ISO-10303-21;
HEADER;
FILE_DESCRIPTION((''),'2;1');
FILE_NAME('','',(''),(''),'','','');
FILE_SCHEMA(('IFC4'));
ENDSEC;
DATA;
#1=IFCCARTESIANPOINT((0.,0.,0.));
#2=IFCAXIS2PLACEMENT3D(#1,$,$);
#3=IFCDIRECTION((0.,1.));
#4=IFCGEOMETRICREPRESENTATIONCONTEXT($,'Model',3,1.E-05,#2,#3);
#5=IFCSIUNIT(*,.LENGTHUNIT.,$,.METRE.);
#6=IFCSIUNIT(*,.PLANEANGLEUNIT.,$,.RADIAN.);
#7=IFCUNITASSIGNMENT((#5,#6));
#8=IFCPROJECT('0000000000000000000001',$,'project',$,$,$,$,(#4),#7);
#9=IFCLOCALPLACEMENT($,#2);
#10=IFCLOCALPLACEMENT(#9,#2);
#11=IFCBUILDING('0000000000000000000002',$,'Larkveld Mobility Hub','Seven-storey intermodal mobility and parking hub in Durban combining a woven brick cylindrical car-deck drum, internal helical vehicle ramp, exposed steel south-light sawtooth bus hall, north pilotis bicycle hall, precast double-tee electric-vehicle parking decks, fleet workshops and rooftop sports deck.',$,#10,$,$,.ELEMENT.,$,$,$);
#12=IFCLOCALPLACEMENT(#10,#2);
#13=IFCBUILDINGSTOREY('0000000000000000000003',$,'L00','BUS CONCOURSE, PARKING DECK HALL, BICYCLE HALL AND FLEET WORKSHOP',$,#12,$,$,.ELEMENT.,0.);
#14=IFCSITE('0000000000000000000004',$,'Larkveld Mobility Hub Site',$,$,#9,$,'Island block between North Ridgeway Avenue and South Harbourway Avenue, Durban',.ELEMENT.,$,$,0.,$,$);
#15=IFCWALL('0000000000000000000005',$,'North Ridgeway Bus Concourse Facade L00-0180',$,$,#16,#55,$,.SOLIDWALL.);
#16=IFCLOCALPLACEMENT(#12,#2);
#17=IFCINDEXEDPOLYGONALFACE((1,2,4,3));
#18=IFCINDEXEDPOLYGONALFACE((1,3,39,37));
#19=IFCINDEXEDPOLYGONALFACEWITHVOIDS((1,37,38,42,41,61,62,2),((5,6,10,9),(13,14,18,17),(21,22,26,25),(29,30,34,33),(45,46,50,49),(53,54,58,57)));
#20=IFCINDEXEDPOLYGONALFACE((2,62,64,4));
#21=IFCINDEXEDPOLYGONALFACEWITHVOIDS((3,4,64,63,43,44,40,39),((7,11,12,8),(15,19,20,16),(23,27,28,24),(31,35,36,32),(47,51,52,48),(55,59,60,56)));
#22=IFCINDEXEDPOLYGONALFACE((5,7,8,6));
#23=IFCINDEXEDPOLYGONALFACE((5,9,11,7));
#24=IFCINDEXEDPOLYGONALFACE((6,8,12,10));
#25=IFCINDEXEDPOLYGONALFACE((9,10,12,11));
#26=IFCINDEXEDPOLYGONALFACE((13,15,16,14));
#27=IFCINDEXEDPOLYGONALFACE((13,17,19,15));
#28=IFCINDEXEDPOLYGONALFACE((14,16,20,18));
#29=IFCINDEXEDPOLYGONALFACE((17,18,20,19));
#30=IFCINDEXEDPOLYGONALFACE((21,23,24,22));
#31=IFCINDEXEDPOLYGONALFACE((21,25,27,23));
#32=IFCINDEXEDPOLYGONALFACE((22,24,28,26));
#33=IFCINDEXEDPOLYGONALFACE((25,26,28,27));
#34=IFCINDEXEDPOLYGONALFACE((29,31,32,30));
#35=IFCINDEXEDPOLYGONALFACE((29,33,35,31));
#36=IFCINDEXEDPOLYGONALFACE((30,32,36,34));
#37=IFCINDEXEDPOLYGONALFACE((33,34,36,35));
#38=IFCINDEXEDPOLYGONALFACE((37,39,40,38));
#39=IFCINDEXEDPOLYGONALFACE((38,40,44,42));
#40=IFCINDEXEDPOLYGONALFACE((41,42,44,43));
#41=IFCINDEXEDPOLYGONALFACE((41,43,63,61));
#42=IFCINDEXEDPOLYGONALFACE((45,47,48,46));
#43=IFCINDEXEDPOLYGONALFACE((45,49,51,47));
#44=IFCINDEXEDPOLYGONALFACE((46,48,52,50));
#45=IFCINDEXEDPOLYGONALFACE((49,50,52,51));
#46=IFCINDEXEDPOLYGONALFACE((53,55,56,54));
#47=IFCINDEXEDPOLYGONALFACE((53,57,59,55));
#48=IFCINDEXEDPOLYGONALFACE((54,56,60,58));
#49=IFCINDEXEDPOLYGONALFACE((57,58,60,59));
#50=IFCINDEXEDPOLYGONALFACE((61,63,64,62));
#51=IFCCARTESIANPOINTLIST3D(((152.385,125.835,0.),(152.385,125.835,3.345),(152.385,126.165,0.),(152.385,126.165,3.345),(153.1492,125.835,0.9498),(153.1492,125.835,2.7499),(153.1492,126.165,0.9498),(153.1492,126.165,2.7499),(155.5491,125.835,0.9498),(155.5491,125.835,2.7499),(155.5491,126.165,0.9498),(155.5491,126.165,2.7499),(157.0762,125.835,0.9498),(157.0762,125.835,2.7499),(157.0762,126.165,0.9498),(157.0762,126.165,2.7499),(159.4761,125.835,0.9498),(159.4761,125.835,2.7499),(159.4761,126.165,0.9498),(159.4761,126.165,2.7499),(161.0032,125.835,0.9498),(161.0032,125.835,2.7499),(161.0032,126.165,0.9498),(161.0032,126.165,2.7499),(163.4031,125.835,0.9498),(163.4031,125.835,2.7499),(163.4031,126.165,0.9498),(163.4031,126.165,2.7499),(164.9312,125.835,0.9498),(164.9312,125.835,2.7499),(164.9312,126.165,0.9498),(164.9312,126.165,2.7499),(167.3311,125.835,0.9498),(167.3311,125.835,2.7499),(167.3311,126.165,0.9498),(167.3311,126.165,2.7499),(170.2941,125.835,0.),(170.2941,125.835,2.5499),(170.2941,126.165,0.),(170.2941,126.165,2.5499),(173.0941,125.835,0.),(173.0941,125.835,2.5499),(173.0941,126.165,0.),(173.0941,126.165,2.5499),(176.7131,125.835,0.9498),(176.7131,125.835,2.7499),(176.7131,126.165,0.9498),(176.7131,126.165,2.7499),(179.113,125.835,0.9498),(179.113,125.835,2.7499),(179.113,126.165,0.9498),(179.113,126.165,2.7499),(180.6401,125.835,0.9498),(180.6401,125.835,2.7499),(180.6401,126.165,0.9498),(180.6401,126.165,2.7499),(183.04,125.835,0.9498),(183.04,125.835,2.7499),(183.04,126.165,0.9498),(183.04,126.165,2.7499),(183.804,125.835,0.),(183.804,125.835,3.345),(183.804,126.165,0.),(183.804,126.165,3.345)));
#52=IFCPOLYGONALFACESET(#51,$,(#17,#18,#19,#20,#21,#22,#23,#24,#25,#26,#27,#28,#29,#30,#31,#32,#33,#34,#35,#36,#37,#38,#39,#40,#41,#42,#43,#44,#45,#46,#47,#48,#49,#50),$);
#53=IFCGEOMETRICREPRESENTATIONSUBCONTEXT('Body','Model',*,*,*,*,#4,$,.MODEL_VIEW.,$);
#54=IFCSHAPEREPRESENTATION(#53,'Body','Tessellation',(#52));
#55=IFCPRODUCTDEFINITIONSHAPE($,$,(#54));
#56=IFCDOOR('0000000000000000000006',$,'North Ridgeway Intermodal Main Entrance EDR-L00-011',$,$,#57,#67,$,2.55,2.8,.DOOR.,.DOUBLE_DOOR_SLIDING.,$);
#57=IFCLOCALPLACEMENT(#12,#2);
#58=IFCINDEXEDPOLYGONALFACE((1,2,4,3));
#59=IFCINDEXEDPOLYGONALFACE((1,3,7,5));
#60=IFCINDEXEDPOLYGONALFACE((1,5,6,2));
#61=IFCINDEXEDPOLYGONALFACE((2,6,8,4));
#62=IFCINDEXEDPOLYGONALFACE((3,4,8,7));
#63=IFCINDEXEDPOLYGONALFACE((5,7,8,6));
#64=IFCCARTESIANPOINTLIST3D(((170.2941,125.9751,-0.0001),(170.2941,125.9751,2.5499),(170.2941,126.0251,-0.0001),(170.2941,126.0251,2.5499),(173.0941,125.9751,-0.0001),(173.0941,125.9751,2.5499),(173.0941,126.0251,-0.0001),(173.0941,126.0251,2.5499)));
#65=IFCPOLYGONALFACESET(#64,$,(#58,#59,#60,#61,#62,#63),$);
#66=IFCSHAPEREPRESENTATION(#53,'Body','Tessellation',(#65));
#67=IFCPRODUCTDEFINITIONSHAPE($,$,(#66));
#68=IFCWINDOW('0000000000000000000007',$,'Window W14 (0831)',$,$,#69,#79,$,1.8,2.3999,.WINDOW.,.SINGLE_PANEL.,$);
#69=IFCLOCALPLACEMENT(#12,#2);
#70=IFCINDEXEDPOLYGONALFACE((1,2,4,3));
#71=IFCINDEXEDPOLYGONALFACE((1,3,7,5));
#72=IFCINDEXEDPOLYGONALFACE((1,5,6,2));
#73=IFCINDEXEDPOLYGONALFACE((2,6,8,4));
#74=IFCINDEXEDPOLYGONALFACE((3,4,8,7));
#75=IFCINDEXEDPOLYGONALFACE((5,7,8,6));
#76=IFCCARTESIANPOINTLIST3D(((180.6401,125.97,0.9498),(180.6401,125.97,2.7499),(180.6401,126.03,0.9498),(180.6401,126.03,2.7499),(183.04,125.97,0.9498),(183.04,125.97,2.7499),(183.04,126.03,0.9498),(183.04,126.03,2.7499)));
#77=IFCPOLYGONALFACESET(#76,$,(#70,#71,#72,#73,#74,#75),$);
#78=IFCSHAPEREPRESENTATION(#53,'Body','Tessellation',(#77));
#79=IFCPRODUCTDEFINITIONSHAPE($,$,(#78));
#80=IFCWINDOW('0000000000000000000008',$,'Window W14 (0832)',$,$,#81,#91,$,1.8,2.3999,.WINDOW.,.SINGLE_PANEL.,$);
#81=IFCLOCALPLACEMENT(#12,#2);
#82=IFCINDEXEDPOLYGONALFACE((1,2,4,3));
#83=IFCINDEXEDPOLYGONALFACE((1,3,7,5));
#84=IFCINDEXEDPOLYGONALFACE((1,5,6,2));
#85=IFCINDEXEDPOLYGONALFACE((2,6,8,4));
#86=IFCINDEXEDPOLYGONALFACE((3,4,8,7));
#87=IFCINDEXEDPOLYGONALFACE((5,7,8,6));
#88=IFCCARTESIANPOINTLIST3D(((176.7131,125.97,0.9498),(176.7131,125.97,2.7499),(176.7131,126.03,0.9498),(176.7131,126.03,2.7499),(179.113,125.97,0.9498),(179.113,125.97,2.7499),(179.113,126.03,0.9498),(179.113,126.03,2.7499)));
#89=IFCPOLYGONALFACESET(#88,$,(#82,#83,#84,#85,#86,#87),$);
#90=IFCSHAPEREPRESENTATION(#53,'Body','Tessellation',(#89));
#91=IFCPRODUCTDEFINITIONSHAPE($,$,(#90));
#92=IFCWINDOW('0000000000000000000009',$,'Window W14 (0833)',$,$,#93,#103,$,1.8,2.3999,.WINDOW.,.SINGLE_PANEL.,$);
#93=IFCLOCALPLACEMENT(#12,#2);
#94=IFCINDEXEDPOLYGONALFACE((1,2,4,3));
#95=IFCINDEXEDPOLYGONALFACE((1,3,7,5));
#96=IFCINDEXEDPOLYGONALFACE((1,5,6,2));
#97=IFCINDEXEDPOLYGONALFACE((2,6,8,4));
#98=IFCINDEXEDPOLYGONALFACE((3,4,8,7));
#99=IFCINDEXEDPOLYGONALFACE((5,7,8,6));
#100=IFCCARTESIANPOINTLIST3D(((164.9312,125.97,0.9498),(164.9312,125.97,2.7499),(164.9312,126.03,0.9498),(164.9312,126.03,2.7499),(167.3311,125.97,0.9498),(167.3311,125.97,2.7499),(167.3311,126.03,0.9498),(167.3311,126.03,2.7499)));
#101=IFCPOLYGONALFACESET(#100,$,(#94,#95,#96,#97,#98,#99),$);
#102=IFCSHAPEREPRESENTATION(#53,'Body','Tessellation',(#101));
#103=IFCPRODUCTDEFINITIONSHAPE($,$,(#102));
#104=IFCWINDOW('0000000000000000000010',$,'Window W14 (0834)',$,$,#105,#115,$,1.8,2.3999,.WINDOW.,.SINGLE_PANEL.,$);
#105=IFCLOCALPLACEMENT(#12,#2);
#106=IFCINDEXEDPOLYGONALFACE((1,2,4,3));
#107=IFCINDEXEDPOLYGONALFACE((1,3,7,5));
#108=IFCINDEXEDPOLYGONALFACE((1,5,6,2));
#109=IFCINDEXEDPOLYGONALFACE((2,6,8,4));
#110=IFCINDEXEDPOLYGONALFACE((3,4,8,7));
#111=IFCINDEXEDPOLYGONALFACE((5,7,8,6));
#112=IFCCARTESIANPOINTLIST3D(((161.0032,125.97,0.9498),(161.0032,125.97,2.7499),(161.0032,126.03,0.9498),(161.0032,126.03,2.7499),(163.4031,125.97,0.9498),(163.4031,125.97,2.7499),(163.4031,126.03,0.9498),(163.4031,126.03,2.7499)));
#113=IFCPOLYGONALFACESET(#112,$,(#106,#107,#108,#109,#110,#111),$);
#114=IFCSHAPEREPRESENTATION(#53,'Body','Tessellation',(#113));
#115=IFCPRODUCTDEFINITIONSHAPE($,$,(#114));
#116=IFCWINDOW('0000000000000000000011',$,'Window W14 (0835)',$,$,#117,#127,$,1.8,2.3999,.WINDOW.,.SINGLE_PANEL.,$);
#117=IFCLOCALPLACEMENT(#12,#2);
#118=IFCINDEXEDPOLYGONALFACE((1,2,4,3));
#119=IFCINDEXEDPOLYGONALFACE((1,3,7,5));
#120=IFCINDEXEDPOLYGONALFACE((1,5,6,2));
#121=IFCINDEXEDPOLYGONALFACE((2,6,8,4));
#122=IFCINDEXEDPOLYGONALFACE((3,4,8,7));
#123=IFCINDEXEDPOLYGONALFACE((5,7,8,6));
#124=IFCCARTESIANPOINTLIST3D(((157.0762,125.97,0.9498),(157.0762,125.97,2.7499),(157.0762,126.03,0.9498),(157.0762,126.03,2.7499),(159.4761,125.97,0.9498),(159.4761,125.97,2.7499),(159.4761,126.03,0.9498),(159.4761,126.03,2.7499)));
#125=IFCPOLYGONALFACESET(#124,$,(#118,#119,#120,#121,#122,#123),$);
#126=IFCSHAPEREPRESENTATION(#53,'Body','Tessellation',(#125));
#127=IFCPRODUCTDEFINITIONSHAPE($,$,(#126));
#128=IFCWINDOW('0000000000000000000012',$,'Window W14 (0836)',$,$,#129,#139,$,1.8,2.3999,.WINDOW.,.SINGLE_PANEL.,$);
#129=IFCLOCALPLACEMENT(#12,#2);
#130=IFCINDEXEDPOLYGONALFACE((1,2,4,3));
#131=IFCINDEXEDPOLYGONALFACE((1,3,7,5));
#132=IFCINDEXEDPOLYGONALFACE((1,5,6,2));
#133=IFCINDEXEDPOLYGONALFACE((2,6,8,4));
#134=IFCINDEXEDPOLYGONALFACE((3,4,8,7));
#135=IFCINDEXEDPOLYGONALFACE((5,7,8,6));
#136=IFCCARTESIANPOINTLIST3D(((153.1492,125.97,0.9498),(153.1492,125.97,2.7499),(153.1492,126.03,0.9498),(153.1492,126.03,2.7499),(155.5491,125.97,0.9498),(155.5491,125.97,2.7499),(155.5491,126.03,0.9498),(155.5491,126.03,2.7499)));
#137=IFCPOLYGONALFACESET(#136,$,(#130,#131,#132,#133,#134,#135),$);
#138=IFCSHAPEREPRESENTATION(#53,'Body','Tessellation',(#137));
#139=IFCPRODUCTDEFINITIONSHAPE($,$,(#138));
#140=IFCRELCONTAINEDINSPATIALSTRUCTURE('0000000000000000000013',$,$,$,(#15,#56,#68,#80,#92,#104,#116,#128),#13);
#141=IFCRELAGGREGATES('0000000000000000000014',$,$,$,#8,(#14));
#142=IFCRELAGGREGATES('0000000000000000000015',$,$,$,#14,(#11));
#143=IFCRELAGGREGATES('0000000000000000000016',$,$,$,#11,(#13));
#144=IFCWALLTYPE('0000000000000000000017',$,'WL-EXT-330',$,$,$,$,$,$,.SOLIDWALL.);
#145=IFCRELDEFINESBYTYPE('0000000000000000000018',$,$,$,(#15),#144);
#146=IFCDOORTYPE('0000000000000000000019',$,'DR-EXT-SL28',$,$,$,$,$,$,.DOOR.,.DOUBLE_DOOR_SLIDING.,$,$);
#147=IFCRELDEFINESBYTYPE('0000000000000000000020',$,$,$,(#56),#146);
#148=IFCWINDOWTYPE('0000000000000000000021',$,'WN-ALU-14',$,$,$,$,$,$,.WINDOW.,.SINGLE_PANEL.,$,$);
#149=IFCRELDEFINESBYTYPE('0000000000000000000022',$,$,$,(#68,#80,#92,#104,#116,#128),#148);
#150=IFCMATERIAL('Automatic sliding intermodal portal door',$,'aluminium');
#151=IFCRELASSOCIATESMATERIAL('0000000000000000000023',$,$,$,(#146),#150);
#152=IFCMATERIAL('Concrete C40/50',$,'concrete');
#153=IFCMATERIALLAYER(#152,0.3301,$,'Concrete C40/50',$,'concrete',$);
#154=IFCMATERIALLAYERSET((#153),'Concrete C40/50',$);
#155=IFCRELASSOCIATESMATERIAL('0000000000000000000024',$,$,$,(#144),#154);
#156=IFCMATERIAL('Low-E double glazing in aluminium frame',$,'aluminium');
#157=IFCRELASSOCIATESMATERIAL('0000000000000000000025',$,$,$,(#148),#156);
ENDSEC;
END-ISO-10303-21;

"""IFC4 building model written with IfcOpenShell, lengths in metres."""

from ifc_helpers import new_model, si_unit, direction, frame, frame_2d, origin, place, context, subcontext, project, spatial, rectangle, extrude, material, layer, layer_set, type_object, element, fill, save


model = new_model("IFC4")

# Units and contexts
model_context = context("Model", 3, precision=1e-05, world=origin(), true_north=direction((0.0, 1.0)))
body_context = subcontext(model_context, "Body", "Model", "MODEL_VIEW")
ifc_project = project(units=[si_unit("LENGTHUNIT", "METRE"), si_unit("PLANEANGLEUNIT", "RADIAN")], contexts=[model_context])

# Site, building, storey
site_placement = place(None, origin())
site = spatial("IfcSite", under=ifc_project, at=site_placement, Name="Larkveld Mobility Hub Site", LongName="Island block between North Ridgeway Avenue and South Harbourway Avenue, Durban", CompositionType="ELEMENT", RefElevation=0.0)
building_placement = place(site_placement, origin())
building = spatial("IfcBuilding", under=site, at=building_placement, Name="Larkveld Mobility Hub", Description="Seven-storey intermodal mobility and parking hub in Durban combining a woven brick cylindrical car-deck drum, internal helical vehicle ramp, exposed steel south-light sawtooth bus hall, north pilotis bicycle hall, precast double-tee electric-vehicle parking decks, fleet workshops and rooftop sports deck.", CompositionType="ELEMENT")
storey_placement = place(building_placement, origin())
storey = spatial("IfcBuildingStorey", under=building, at=storey_placement, Name="L00", Description="BUS CONCOURSE, PARKING DECK HALL, BICYCLE HALL AND FLEET WORKSHOP", CompositionType="ELEMENT", Elevation=0.0)

# Shared definitions
ifc_material_1 = material(Name="Automatic sliding intermodal portal door", Category="aluminium")
door_type = type_object("IfcDoorType", Name="DR-EXT-SL28", OperationType="DOUBLE_DOOR_SLIDING", PredefinedType="DOOR", material=ifc_material_1)
ifc_material_2 = material(Name="Low-E double glazing in aluminium frame", Category="aluminium")

# Wall, openings, door, windows
ifc_material_3 = material(Name="Concrete C40/50", Category="concrete")
ifc_layer_1 = layer(ifc_material_3, 0.3301, Name="Concrete C40/50", Category="concrete")
ifc_layer_set_1 = layer_set([ifc_layer_1], Name="Concrete C40/50")
wall_type_1 = type_object("IfcWallType", Name="WL-EXT-330", PredefinedType="SOLIDWALL", material=ifc_layer_set_1)
wall_1_placement = place(storey_placement, frame((183.804, 126.0, 0.0), z_axis=(0.0, 0.0, 1.0), x_axis=(-1.0, 0.0, 0.0)))
wall_1 = element("IfcWall", 1, at=wall_1_placement, inside=storey, type_object=wall_type_1, Name="North Ridgeway Bus Concourse Facade L00-0180", PredefinedType="SOLIDWALL", context=body_context, shape_type="SweptSolid", body=[
    extrude(rectangle(XDim=31.4189, YDim=0.3301, at=frame_2d((15.7095, 0.0))), origin(), (0.0, 0.0, 1.0), 3.345),
])
opening_1_placement = place(wall_1_placement, frame((10.71, 0.0, 0.0)))
opening_1 = element("IfcOpeningElement", 2, at=opening_1_placement, cuts=wall_1, PredefinedType="OPENING", context=body_context, shape_type="SweptSolid", body=[
    extrude(rectangle(XDim=2.8, YDim=2.55, at=frame_2d((1.3999, 1.2749))), frame((0.0, 0.175, 0.0), z_axis=(0.0, -1.0, 0.0), x_axis=(1.0, 0.0, 0.0)), (0.0, 0.0, 1.0), 0.3501),
])
opening_2_placement = place(wall_1_placement, frame((0.7639, 0.0, 0.95)))
opening_2 = element("IfcOpeningElement", 3, at=opening_2_placement, cuts=wall_1, PredefinedType="OPENING", context=body_context, shape_type="SweptSolid", body=[
    extrude(rectangle(XDim=2.3999, YDim=1.8, at=frame_2d((1.2, 0.8999))), frame((0.0, 0.175, 0.0), z_axis=(0.0, -1.0, 0.0), x_axis=(1.0, 0.0, 0.0)), (0.0, 0.0, 1.0), 0.3501),
])
opening_3_placement = place(wall_1_placement, frame((4.6909, 0.0, 0.95)))
opening_3 = element("IfcOpeningElement", 4, at=opening_3_placement, cuts=wall_1, PredefinedType="OPENING", context=body_context, shape_type="SweptSolid", body=[
    extrude(rectangle(XDim=2.3999, YDim=1.8, at=frame_2d((1.2, 0.8999))), frame((0.0, 0.175, 0.0), z_axis=(0.0, -1.0, 0.0), x_axis=(1.0, 0.0, 0.0)), (0.0, 0.0, 1.0), 0.3501),
])
opening_4_placement = place(wall_1_placement, frame((16.4729, 0.0, 0.95)))
opening_4 = element("IfcOpeningElement", 5, at=opening_4_placement, cuts=wall_1, PredefinedType="OPENING", context=body_context, shape_type="SweptSolid", body=[
    extrude(rectangle(XDim=2.3999, YDim=1.8, at=frame_2d((1.2, 0.8999))), frame((0.0, 0.175, 0.0), z_axis=(0.0, -1.0, 0.0), x_axis=(1.0, 0.0, 0.0)), (0.0, 0.0, 1.0), 0.3501),
])
opening_5_placement = place(wall_1_placement, frame((20.4009, 0.0, 0.95)))
opening_5 = element("IfcOpeningElement", 6, at=opening_5_placement, cuts=wall_1, PredefinedType="OPENING", context=body_context, shape_type="SweptSolid", body=[
    extrude(rectangle(XDim=2.3999, YDim=1.8, at=frame_2d((1.2, 0.8999))), frame((0.0, 0.175, 0.0), z_axis=(0.0, -1.0, 0.0), x_axis=(1.0, 0.0, 0.0)), (0.0, 0.0, 1.0), 0.3501),
])
opening_6_placement = place(wall_1_placement, frame((24.3279, 0.0, 0.95)))
opening_6 = element("IfcOpeningElement", 7, at=opening_6_placement, cuts=wall_1, PredefinedType="OPENING", context=body_context, shape_type="SweptSolid", body=[
    extrude(rectangle(XDim=2.3999, YDim=1.8, at=frame_2d((1.2, 0.8999))), frame((0.0, 0.175, 0.0), z_axis=(0.0, -1.0, 0.0), x_axis=(1.0, 0.0, 0.0)), (0.0, 0.0, 1.0), 0.3501),
])
opening_7_placement = place(wall_1_placement, frame((28.2549, 0.0, 0.95)))
opening_7 = element("IfcOpeningElement", 8, at=opening_7_placement, cuts=wall_1, PredefinedType="OPENING", context=body_context, shape_type="SweptSolid", body=[
    extrude(rectangle(XDim=2.3999, YDim=1.8, at=frame_2d((1.2, 0.8999))), frame((0.0, 0.175, 0.0), z_axis=(0.0, -1.0, 0.0), x_axis=(1.0, 0.0, 0.0)), (0.0, 0.0, 1.0), 0.3501),
])
door_1_placement = place(opening_1_placement, origin())
door_1 = element("IfcDoor", 9, at=door_1_placement, inside=storey, type_object=door_type, Name="North Ridgeway Intermodal Main Entrance EDR-L00-011", OperationType="DOUBLE_DOOR_SLIDING", OverallHeight=2.55, OverallWidth=2.8, PredefinedType="DOOR", context=body_context, shape_type="SweptSolid", body=[
    extrude(rectangle(XDim=2.8, YDim=2.55, at=frame_2d((1.3999, 1.2749))), frame((0.0, 0.0249, 0.0), z_axis=(0.0, -1.0, 0.0), x_axis=(1.0, 0.0, 0.0)), (0.0, 0.0, 1.0), 0.05),
])
fill(opening_1, door_1)
window_type_1 = type_object("IfcWindowType", Name="WN-ALU-14", PartitioningType="SINGLE_PANEL", PredefinedType="WINDOW", material=ifc_material_2)
window_1_placement = place(opening_2_placement, origin())
window_1 = element("IfcWindow", 10, at=window_1_placement, inside=storey, type_object=window_type_1, Name="Window W14 (0831)", OverallHeight=1.8, OverallWidth=2.3999, PartitioningType="SINGLE_PANEL", PredefinedType="WINDOW", context=body_context, shape_type="SweptSolid", body=[
    extrude(rectangle(XDim=2.3999, YDim=1.8, at=frame_2d((1.2, 0.8999))), frame((0.0, 0.03, 0.0), z_axis=(0.0, -1.0, 0.0), x_axis=(1.0, 0.0, 0.0)), (0.0, 0.0, 1.0), 0.0601),
])
fill(opening_2, window_1)
window_2_placement = place(opening_3_placement, origin())
window_2 = element("IfcWindow", 11, at=window_2_placement, inside=storey, type_object=window_type_1, Name="Window W14 (0832)", OverallHeight=1.8, OverallWidth=2.3999, PartitioningType="SINGLE_PANEL", PredefinedType="WINDOW", context=body_context, shape_type="SweptSolid", body=[
    extrude(rectangle(XDim=2.3999, YDim=1.8, at=frame_2d((1.2, 0.8999))), frame((0.0, 0.03, 0.0), z_axis=(0.0, -1.0, 0.0), x_axis=(1.0, 0.0, 0.0)), (0.0, 0.0, 1.0), 0.0601),
])
fill(opening_3, window_2)
window_3_placement = place(opening_4_placement, origin())
window_3 = element("IfcWindow", 12, at=window_3_placement, inside=storey, type_object=window_type_1, Name="Window W14 (0833)", OverallHeight=1.8, OverallWidth=2.3999, PartitioningType="SINGLE_PANEL", PredefinedType="WINDOW", context=body_context, shape_type="SweptSolid", body=[
    extrude(rectangle(XDim=2.3999, YDim=1.8, at=frame_2d((1.2, 0.8999))), frame((0.0, 0.03, 0.0), z_axis=(0.0, -1.0, 0.0), x_axis=(1.0, 0.0, 0.0)), (0.0, 0.0, 1.0), 0.0601),
])
fill(opening_4, window_3)
window_4_placement = place(opening_5_placement, origin())
window_4 = element("IfcWindow", 13, at=window_4_placement, inside=storey, type_object=window_type_1, Name="Window W14 (0834)", OverallHeight=1.8, OverallWidth=2.3999, PartitioningType="SINGLE_PANEL", PredefinedType="WINDOW", context=body_context, shape_type="SweptSolid", body=[
    extrude(rectangle(XDim=2.3999, YDim=1.8, at=frame_2d((1.2, 0.8999))), frame((0.0, 0.03, 0.0), z_axis=(0.0, -1.0, 0.0), x_axis=(1.0, 0.0, 0.0)), (0.0, 0.0, 1.0), 0.0601),
])
fill(opening_5, window_4)
window_5_placement = place(opening_6_placement, origin())
window_5 = element("IfcWindow", 14, at=window_5_placement, inside=storey, type_object=window_type_1, Name="Window W14 (0835)", OverallHeight=1.8, OverallWidth=2.3999, PartitioningType="SINGLE_PANEL", PredefinedType="WINDOW", context=body_context, shape_type="SweptSolid", body=[
    extrude(rectangle(XDim=2.3999, YDim=1.8, at=frame_2d((1.2, 0.8999))), frame((0.0, 0.03, 0.0), z_axis=(0.0, -1.0, 0.0), x_axis=(1.0, 0.0, 0.0)), (0.0, 0.0, 1.0), 0.0601),
])
fill(opening_6, window_5)
window_6_placement = place(opening_7_placement, origin())
window_6 = element("IfcWindow", 15, at=window_6_placement, inside=storey, type_object=window_type_1, Name="Window W14 (0836)", OverallHeight=1.8, OverallWidth=2.3999, PartitioningType="SINGLE_PANEL", PredefinedType="WINDOW", context=body_context, shape_type="SweptSolid", body=[
    extrude(rectangle(XDim=2.3999, YDim=1.8, at=frame_2d((1.2, 0.8999))), frame((0.0, 0.03, 0.0), z_axis=(0.0, -1.0, 0.0), x_axis=(1.0, 0.0, 0.0)), (0.0, 0.0, 1.0), 0.0601),
])
fill(opening_7, window_6)

save(model, "model.ifc")
